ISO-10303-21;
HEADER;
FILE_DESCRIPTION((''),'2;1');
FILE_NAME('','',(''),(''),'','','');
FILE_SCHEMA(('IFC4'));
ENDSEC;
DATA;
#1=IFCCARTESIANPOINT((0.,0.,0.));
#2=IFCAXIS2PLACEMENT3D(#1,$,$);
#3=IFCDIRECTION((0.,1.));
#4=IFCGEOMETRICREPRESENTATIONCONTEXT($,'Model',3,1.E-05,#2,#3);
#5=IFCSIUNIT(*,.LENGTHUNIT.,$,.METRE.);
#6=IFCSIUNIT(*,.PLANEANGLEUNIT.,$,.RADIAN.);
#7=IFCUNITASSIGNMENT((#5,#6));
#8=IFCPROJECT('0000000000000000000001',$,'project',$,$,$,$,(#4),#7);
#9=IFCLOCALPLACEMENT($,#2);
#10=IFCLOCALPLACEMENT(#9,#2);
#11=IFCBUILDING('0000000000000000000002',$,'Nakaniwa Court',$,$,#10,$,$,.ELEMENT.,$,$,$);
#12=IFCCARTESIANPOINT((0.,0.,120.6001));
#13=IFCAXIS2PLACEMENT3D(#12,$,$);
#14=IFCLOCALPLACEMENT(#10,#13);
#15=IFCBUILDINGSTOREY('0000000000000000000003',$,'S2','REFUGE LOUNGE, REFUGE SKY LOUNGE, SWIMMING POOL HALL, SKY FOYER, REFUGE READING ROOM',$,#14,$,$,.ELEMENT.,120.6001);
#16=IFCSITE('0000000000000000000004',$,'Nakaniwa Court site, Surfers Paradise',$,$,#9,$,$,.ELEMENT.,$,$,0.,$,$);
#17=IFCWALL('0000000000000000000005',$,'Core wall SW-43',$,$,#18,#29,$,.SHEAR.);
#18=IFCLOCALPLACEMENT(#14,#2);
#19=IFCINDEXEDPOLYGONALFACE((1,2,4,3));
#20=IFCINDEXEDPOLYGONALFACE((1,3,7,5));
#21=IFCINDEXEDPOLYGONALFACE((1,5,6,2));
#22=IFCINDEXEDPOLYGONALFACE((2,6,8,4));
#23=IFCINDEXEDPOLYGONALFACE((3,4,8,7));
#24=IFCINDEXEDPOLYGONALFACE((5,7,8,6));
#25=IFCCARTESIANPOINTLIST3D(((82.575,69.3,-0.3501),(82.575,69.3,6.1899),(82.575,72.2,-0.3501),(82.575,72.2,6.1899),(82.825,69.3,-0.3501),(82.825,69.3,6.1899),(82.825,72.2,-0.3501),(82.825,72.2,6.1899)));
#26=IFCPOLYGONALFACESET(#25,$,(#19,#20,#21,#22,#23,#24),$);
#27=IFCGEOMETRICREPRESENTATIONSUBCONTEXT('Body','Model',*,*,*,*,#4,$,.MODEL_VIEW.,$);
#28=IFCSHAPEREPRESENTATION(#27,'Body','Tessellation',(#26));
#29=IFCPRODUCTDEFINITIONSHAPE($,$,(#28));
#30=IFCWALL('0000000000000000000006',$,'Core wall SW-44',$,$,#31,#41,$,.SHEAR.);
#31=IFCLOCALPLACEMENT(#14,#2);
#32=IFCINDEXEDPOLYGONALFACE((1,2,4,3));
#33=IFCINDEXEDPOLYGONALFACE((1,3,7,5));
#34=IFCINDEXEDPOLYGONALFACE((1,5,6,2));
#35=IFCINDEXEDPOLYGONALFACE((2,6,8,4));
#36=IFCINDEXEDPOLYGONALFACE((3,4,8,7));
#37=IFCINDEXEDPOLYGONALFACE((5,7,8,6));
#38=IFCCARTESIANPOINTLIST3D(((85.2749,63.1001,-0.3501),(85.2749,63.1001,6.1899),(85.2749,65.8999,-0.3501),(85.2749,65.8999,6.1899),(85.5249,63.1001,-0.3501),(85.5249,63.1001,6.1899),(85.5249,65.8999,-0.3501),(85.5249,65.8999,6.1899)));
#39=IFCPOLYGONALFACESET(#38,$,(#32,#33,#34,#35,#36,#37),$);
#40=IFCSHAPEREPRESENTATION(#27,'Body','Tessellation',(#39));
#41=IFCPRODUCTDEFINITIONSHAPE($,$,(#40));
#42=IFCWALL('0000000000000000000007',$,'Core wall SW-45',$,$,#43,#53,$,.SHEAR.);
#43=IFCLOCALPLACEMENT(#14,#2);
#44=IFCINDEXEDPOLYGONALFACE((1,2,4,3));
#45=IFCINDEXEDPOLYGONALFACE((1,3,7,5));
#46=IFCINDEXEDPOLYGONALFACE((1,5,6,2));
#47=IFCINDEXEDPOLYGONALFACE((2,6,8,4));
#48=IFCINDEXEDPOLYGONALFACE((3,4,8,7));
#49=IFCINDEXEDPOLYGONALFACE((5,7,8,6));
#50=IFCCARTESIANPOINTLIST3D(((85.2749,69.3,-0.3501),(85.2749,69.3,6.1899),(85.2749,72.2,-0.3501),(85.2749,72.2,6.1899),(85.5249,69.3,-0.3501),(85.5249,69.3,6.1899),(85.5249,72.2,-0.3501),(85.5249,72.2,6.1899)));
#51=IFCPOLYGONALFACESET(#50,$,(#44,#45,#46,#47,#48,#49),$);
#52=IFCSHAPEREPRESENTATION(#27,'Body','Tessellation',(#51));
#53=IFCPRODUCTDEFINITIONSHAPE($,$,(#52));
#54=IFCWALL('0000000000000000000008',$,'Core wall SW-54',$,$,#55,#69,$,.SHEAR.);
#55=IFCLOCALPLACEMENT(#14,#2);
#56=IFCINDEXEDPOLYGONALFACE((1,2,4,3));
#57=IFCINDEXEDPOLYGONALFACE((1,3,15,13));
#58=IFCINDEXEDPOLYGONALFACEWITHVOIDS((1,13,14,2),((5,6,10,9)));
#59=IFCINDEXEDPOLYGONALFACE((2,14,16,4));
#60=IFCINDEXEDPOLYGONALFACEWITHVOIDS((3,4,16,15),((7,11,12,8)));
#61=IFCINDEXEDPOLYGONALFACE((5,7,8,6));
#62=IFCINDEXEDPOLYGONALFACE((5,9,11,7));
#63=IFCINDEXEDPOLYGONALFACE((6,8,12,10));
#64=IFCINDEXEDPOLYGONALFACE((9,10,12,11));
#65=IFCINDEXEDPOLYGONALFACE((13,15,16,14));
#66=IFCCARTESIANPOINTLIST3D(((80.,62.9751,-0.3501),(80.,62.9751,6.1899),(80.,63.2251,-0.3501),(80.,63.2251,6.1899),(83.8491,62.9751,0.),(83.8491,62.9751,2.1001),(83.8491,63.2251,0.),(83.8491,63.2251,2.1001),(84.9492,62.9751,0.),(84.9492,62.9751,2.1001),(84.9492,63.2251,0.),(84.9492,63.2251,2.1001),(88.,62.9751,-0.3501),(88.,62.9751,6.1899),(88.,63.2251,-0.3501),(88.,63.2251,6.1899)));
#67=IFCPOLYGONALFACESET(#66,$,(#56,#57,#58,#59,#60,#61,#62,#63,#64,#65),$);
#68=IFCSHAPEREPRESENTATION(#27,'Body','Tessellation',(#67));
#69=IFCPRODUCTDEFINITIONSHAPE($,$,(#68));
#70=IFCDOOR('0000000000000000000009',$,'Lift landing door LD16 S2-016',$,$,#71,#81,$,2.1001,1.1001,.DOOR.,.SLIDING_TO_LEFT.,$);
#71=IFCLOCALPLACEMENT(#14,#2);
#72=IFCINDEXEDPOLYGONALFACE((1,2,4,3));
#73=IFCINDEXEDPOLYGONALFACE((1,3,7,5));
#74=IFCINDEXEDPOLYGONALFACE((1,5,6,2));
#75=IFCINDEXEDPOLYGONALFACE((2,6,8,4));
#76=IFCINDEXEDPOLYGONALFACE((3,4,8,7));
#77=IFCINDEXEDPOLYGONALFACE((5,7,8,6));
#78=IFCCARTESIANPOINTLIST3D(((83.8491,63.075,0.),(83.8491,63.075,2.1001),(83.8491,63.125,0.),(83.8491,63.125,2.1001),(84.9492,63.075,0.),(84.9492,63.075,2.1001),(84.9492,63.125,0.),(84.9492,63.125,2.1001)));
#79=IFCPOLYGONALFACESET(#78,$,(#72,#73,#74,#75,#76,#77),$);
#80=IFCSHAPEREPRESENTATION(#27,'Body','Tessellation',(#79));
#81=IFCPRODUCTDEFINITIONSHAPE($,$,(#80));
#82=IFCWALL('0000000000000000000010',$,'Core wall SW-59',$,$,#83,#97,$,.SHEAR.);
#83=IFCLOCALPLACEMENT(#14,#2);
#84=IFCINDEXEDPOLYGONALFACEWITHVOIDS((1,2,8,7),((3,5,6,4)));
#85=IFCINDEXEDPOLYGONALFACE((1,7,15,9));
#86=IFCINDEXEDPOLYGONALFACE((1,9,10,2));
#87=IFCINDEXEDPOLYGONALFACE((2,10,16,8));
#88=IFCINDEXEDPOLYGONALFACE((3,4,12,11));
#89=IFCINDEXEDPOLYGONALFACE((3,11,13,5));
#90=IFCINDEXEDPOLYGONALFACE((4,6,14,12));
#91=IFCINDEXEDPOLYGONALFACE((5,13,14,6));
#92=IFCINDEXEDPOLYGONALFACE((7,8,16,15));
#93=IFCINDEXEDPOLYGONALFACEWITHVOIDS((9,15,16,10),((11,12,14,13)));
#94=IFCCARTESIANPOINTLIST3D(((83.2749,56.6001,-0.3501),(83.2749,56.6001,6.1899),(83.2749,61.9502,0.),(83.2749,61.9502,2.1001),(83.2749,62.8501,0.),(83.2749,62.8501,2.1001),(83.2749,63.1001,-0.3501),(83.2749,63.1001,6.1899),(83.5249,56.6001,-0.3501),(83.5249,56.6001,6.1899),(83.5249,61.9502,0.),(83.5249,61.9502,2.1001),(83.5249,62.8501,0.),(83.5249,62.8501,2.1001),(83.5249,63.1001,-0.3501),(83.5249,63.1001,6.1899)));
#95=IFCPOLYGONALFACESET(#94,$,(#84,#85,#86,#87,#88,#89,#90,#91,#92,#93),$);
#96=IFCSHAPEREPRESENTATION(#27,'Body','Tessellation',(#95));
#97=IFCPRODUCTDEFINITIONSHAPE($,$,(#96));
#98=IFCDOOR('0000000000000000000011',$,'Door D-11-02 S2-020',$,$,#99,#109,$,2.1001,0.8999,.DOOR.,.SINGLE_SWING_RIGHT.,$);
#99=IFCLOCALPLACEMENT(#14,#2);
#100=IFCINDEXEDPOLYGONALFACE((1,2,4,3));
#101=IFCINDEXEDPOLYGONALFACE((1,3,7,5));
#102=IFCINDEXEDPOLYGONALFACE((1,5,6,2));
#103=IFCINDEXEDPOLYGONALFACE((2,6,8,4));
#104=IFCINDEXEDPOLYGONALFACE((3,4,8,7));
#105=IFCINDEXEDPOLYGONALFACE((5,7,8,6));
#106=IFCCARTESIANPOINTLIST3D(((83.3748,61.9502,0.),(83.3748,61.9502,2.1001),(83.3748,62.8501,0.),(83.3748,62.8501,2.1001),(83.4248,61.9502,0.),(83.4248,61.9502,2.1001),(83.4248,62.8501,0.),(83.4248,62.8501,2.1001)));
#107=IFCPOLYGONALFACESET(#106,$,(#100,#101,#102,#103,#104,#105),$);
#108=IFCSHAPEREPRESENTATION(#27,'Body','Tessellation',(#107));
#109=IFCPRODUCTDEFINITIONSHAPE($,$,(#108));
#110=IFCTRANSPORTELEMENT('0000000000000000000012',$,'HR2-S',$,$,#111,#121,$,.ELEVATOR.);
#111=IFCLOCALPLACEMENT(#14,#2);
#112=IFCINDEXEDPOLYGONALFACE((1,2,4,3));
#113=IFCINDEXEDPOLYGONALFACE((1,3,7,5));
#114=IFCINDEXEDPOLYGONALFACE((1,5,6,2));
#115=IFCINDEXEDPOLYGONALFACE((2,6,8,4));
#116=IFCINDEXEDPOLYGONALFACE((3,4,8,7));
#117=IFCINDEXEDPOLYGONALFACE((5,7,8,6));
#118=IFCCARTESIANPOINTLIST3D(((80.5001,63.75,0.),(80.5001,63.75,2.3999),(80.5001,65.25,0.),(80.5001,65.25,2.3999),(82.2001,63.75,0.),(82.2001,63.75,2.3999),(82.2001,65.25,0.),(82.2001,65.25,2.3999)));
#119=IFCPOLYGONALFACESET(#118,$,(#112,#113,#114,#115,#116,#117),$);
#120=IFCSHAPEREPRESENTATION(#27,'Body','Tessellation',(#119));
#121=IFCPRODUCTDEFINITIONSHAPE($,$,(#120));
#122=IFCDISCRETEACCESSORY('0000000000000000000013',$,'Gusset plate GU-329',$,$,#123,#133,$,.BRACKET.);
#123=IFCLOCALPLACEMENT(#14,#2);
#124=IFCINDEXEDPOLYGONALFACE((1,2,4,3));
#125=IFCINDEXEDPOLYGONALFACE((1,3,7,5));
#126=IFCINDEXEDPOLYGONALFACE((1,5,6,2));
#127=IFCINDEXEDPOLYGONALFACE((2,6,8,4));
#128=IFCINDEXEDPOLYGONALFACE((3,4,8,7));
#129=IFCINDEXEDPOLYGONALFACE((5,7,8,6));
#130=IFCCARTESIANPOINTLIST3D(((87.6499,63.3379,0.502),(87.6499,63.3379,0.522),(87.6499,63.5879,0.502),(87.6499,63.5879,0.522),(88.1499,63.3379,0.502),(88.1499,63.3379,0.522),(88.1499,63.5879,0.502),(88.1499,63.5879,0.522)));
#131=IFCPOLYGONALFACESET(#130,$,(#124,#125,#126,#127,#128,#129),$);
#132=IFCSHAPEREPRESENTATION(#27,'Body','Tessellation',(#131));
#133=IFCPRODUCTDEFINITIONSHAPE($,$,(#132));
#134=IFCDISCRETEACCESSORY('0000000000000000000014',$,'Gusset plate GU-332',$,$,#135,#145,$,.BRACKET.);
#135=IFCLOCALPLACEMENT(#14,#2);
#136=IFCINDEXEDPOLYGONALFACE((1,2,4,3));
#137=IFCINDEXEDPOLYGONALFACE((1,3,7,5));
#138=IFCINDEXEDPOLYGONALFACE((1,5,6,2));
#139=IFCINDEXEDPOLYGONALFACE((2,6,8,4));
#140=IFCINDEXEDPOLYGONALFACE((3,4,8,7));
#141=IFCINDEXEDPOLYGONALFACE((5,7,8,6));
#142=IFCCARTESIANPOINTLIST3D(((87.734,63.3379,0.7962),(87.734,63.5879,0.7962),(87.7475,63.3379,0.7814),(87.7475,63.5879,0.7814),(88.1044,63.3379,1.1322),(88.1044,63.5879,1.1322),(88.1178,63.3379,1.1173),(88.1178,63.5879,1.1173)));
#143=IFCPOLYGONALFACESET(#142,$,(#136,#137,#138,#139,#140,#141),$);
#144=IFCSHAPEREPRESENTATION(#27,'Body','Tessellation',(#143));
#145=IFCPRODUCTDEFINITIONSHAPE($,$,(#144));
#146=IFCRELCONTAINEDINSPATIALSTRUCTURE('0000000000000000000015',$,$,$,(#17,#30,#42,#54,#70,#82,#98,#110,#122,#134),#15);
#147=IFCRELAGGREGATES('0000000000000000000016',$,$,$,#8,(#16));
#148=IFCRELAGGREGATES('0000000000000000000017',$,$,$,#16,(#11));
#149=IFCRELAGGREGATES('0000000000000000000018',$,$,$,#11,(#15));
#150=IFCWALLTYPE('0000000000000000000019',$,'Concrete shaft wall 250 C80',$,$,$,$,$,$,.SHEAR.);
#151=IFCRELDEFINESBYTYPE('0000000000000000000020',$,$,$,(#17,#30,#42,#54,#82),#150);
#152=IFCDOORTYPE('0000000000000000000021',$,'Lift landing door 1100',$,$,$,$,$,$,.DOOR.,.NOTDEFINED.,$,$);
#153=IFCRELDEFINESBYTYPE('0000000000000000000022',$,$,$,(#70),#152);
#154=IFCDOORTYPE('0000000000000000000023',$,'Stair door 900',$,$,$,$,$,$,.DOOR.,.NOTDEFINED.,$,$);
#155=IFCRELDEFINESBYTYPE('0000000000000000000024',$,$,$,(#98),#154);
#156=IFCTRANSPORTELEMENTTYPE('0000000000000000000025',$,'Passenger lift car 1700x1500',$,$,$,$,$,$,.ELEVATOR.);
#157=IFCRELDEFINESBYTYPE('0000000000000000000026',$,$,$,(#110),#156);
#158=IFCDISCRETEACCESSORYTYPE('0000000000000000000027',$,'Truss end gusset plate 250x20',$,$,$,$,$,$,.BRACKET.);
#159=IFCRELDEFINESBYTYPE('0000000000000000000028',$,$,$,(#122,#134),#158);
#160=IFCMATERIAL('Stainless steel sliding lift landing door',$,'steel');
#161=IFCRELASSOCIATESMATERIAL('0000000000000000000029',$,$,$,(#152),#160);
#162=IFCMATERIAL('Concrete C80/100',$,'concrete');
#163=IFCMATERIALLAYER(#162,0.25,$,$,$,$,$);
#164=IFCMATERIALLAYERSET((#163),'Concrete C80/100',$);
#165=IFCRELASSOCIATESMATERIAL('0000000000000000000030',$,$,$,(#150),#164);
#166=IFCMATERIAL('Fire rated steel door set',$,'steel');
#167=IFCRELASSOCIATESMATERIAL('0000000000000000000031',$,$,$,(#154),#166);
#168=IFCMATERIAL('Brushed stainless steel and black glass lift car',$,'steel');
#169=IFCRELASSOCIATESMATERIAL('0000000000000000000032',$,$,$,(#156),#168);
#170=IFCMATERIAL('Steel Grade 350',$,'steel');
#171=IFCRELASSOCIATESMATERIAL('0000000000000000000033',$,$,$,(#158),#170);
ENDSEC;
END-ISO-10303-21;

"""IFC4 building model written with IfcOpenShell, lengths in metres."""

from ifc_helpers import new_model, si_unit, direction, frame, frame_2d, origin, origin_2d, place, context, subcontext, project, spatial, rectangle, extrude, material, layer, layer_set, material_profile, profile_set, type_object, element, fill, save


model = new_model("IFC4")

# Units and contexts
model_context = context("Model", 3, precision=1e-05, world=origin(), true_north=direction((0.0, 1.0)))
body_context = subcontext(model_context, "Body", "Model", "MODEL_VIEW")
ifc_project = project(units=[si_unit("LENGTHUNIT", "METRE"), si_unit("PLANEANGLEUNIT", "RADIAN")], contexts=[model_context])

# Site, building, storey
site_placement = place(None, origin())
site = spatial("IfcSite", under=ifc_project, at=site_placement, Name="Nakaniwa Court site, Surfers Paradise", CompositionType="ELEMENT", RefElevation=0.0)
building_placement = place(site_placement, origin())
building = spatial("IfcBuilding", under=site, at=building_placement, Name="Nakaniwa Court", CompositionType="ELEMENT")
storey_placement = place(building_placement, frame((0.0, 0.0, 120.6001)))
storey = spatial("IfcBuildingStorey", under=building, at=storey_placement, Name="S2", Description="REFUGE LOUNGE, REFUGE SKY LOUNGE, SWIMMING POOL HALL, SKY FOYER, REFUGE READING ROOM", CompositionType="ELEMENT", Elevation=120.6001)

# Shared definitions
ifc_material_1 = material(Name="Concrete C80/100", Category="concrete")

# Shared definitions
ifc_material_2 = material(Name="Steel Grade 350", Category="steel")

# Shared definitions
ifc_material_3 = material(Name="Fire rated steel door set", Category="steel")

# Shared definitions
ifc_material_4 = material(Name="Stainless steel sliding lift landing door", Category="steel")
door_type_1 = type_object("IfcDoorType", Name="Lift landing door 1100", OperationType="NOTDEFINED", PredefinedType="DOOR", material=ifc_material_4)

# Walls
ifc_layer_1 = layer(ifc_material_1, 0.25)
ifc_layer_set_1 = layer_set([ifc_layer_1], Name="Concrete C80/100")
wall_type_1 = type_object("IfcWallType", Name="Concrete shaft wall 250 C80", PredefinedType="SHEAR", material=ifc_layer_set_1)
wall_1_placement = place(storey_placement, frame((82.7, 69.3, -0.3501), z_axis=(0.0, 0.0, 1.0), x_axis=(0.0, 1.0, 0.0)))
element("IfcWall", 1, at=wall_1_placement, inside=storey, type_object=wall_type_1, Name="Core wall SW-43", PredefinedType="SHEAR", context=body_context, shape_type="SweptSolid", body=[
    extrude(rectangle(XDim=2.8999, YDim=0.25, at=frame_2d((1.45, 0.0))), origin(), (0.0, 0.0, 1.0), 6.54),
])
wall_2_placement = place(storey_placement, frame((85.3999, 63.1001, -0.3501), z_axis=(0.0, 0.0, 1.0), x_axis=(0.0, 1.0, 0.0)))
element("IfcWall", 2, at=wall_2_placement, inside=storey, type_object=wall_type_1, Name="Core wall SW-44", PredefinedType="SHEAR", context=body_context, shape_type="SweptSolid", body=[
    extrude(rectangle(XDim=2.7998, YDim=0.25, at=frame_2d((1.3999, 0.0))), origin(), (0.0, 0.0, 1.0), 6.54),
])
wall_3_placement = place(storey_placement, frame((85.3999, 69.3, -0.3501), z_axis=(0.0, 0.0, 1.0), x_axis=(0.0, 1.0, 0.0)))
element("IfcWall", 3, at=wall_3_placement, inside=storey, type_object=wall_type_1, Name="Core wall SW-45", PredefinedType="SHEAR", context=body_context, shape_type="SweptSolid", body=[
    extrude(rectangle(XDim=2.8999, YDim=0.25, at=frame_2d((1.45, 0.0))), origin(), (0.0, 0.0, 1.0), 6.54),
])

# Walls, openings, doors
wall_4_placement = place(storey_placement, frame((80.0, 63.1001, -0.3501), z_axis=(0.0, 0.0, 1.0), x_axis=(1.0, 0.0, 0.0)))
wall_4 = element("IfcWall", 4, at=wall_4_placement, inside=storey, type_object=wall_type_1, Name="Core wall SW-54", PredefinedType="SHEAR", context=body_context, shape_type="SweptSolid", body=[
    extrude(rectangle(XDim=8.0, YDim=0.25, at=frame_2d((4.0, 0.0))), origin(), (0.0, 0.0, 1.0), 6.54),
])
opening_1_placement = place(wall_4_placement, frame((3.8491, 0.0, 0.3501)))
opening_1 = element("IfcOpeningElement", 5, at=opening_1_placement, cuts=wall_4, PredefinedType="OPENING", context=body_context, shape_type="SweptSolid", body=[
    extrude(rectangle(XDim=1.1001, YDim=2.1001, at=frame_2d((0.55, 1.05))), frame((0.0, 0.135, 0.0), z_axis=(0.0, -1.0, 0.0), x_axis=(1.0, 0.0, 0.0)), (0.0, 0.0, 1.0), 0.27),
])
door_1_placement = place(opening_1_placement, origin())
door_1 = element("IfcDoor", 6, at=door_1_placement, inside=storey, type_object=door_type_1, Name="Lift landing door LD16 S2-016", OperationType="SLIDING_TO_LEFT", OverallHeight=2.1001, OverallWidth=1.1001, PredefinedType="DOOR", context=body_context, shape_type="SweptSolid", body=[
    extrude(rectangle(XDim=1.1001, YDim=2.1001, at=frame_2d((0.55, 1.05))), frame((0.0, 0.0249, 0.0), z_axis=(0.0, -1.0, 0.0), x_axis=(1.0, 0.0, 0.0)), (0.0, 0.0, 1.0), 0.05),
])
fill(opening_1, door_1)
wall_5_placement = place(storey_placement, frame((83.3999, 63.1001, -0.3501), z_axis=(0.0, 0.0, 1.0), x_axis=(0.0, -1.0, 0.0)))
wall_5 = element("IfcWall", 7, at=wall_5_placement, inside=storey, type_object=wall_type_1, Name="Core wall SW-59", PredefinedType="SHEAR", context=body_context, shape_type="SweptSolid", body=[
    extrude(rectangle(XDim=6.5, YDim=0.25, at=frame_2d((3.25, 0.0))), origin(), (0.0, 0.0, 1.0), 6.54),
])
opening_2_placement = place(wall_5_placement, frame((0.25, 0.0, 0.3501)))
opening_2 = element("IfcOpeningElement", 8, at=opening_2_placement, cuts=wall_5, PredefinedType="OPENING", context=body_context, shape_type="SweptSolid", body=[
    extrude(rectangle(XDim=0.8999, YDim=2.1001, at=frame_2d((0.45, 1.05))), frame((0.0, 0.135, 0.0), z_axis=(0.0, -1.0, 0.0), x_axis=(1.0, 0.0, 0.0)), (0.0, 0.0, 1.0), 0.27),
])
door_type_2 = type_object("IfcDoorType", Name="Stair door 900", OperationType="NOTDEFINED", PredefinedType="DOOR", material=ifc_material_3)
door_2_placement = place(opening_2_placement, origin())
door_2 = element("IfcDoor", 9, at=door_2_placement, inside=storey, type_object=door_type_2, Name="Door D-11-02 S2-020", OperationType="SINGLE_SWING_RIGHT", OverallHeight=2.1001, OverallWidth=0.8999, PredefinedType="DOOR", context=body_context, shape_type="SweptSolid", body=[
    extrude(rectangle(XDim=0.8999, YDim=2.1001, at=frame_2d((0.45, 1.05))), frame((0.0, 0.0249, 0.0), z_axis=(0.0, -1.0, 0.0), x_axis=(1.0, 0.0, 0.0)), (0.0, 0.0, 1.0), 0.05),
])
fill(opening_2, door_2)

# Transport element
ifc_material_5 = material(Name="Brushed stainless steel and black glass lift car", Category="steel")
transport_element_type = type_object("IfcTransportElementType", Name="Passenger lift car 1700x1500", PredefinedType="ELEVATOR", material=ifc_material_5)
transport_element_placement = place(storey_placement, frame((81.3501, 64.5, 0.0), z_axis=(0.0, 0.0, 1.0), x_axis=(1.0, 0.0, 0.0)))
element("IfcTransportElement", 10, at=transport_element_placement, inside=storey, type_object=transport_element_type, Name="HR2-S", PredefinedType="ELEVATOR", context=body_context, shape_type="SweptSolid", body=[
    extrude(rectangle(XDim=1.7, YDim=1.5, at=origin_2d()), origin(), (0.0, 0.0, 1.0), 2.3999),
])

# Discrete accessories
ifc_material_profile_1 = material_profile(ifc_material_2, rectangle(XDim=0.25, YDim=0.02, at=origin_2d()), Name="Truss end gusset plate 250x20")
ifc_profile_set_1 = profile_set([ifc_material_profile_1], Name="Steel Grade 350")
discrete_accessory_type = type_object("IfcDiscreteAccessoryType", Name="Truss end gusset plate 250x20", PredefinedType="BRACKET", material=ifc_profile_set_1)
for number, where, z_axis, x_axis, name in (
    (11, (88.1499, 63.4629, 0.512), (-1.0, 0.0, 0.0), (0.0, -1.0, 0.0), "Gusset plate GU-329"),
    (12, (88.1111, 63.4629, 1.1248), (-0.740691, 0.0, -0.671846), (0.0, -1.0, 0.0), "Gusset plate GU-332"),
):
    element("IfcDiscreteAccessory", number, at=place(storey_placement, frame(where, z_axis=z_axis, x_axis=x_axis)), inside=storey, type_object=discrete_accessory_type, Name=name, PredefinedType="BRACKET", context=body_context, shape_type="SweptSolid", body=[
        extrude(rectangle(XDim=0.25, YDim=0.02, at=origin_2d()), origin(), (0.0, 0.0, 1.0), 0.5),
    ])

save(model, "model.ifc")
